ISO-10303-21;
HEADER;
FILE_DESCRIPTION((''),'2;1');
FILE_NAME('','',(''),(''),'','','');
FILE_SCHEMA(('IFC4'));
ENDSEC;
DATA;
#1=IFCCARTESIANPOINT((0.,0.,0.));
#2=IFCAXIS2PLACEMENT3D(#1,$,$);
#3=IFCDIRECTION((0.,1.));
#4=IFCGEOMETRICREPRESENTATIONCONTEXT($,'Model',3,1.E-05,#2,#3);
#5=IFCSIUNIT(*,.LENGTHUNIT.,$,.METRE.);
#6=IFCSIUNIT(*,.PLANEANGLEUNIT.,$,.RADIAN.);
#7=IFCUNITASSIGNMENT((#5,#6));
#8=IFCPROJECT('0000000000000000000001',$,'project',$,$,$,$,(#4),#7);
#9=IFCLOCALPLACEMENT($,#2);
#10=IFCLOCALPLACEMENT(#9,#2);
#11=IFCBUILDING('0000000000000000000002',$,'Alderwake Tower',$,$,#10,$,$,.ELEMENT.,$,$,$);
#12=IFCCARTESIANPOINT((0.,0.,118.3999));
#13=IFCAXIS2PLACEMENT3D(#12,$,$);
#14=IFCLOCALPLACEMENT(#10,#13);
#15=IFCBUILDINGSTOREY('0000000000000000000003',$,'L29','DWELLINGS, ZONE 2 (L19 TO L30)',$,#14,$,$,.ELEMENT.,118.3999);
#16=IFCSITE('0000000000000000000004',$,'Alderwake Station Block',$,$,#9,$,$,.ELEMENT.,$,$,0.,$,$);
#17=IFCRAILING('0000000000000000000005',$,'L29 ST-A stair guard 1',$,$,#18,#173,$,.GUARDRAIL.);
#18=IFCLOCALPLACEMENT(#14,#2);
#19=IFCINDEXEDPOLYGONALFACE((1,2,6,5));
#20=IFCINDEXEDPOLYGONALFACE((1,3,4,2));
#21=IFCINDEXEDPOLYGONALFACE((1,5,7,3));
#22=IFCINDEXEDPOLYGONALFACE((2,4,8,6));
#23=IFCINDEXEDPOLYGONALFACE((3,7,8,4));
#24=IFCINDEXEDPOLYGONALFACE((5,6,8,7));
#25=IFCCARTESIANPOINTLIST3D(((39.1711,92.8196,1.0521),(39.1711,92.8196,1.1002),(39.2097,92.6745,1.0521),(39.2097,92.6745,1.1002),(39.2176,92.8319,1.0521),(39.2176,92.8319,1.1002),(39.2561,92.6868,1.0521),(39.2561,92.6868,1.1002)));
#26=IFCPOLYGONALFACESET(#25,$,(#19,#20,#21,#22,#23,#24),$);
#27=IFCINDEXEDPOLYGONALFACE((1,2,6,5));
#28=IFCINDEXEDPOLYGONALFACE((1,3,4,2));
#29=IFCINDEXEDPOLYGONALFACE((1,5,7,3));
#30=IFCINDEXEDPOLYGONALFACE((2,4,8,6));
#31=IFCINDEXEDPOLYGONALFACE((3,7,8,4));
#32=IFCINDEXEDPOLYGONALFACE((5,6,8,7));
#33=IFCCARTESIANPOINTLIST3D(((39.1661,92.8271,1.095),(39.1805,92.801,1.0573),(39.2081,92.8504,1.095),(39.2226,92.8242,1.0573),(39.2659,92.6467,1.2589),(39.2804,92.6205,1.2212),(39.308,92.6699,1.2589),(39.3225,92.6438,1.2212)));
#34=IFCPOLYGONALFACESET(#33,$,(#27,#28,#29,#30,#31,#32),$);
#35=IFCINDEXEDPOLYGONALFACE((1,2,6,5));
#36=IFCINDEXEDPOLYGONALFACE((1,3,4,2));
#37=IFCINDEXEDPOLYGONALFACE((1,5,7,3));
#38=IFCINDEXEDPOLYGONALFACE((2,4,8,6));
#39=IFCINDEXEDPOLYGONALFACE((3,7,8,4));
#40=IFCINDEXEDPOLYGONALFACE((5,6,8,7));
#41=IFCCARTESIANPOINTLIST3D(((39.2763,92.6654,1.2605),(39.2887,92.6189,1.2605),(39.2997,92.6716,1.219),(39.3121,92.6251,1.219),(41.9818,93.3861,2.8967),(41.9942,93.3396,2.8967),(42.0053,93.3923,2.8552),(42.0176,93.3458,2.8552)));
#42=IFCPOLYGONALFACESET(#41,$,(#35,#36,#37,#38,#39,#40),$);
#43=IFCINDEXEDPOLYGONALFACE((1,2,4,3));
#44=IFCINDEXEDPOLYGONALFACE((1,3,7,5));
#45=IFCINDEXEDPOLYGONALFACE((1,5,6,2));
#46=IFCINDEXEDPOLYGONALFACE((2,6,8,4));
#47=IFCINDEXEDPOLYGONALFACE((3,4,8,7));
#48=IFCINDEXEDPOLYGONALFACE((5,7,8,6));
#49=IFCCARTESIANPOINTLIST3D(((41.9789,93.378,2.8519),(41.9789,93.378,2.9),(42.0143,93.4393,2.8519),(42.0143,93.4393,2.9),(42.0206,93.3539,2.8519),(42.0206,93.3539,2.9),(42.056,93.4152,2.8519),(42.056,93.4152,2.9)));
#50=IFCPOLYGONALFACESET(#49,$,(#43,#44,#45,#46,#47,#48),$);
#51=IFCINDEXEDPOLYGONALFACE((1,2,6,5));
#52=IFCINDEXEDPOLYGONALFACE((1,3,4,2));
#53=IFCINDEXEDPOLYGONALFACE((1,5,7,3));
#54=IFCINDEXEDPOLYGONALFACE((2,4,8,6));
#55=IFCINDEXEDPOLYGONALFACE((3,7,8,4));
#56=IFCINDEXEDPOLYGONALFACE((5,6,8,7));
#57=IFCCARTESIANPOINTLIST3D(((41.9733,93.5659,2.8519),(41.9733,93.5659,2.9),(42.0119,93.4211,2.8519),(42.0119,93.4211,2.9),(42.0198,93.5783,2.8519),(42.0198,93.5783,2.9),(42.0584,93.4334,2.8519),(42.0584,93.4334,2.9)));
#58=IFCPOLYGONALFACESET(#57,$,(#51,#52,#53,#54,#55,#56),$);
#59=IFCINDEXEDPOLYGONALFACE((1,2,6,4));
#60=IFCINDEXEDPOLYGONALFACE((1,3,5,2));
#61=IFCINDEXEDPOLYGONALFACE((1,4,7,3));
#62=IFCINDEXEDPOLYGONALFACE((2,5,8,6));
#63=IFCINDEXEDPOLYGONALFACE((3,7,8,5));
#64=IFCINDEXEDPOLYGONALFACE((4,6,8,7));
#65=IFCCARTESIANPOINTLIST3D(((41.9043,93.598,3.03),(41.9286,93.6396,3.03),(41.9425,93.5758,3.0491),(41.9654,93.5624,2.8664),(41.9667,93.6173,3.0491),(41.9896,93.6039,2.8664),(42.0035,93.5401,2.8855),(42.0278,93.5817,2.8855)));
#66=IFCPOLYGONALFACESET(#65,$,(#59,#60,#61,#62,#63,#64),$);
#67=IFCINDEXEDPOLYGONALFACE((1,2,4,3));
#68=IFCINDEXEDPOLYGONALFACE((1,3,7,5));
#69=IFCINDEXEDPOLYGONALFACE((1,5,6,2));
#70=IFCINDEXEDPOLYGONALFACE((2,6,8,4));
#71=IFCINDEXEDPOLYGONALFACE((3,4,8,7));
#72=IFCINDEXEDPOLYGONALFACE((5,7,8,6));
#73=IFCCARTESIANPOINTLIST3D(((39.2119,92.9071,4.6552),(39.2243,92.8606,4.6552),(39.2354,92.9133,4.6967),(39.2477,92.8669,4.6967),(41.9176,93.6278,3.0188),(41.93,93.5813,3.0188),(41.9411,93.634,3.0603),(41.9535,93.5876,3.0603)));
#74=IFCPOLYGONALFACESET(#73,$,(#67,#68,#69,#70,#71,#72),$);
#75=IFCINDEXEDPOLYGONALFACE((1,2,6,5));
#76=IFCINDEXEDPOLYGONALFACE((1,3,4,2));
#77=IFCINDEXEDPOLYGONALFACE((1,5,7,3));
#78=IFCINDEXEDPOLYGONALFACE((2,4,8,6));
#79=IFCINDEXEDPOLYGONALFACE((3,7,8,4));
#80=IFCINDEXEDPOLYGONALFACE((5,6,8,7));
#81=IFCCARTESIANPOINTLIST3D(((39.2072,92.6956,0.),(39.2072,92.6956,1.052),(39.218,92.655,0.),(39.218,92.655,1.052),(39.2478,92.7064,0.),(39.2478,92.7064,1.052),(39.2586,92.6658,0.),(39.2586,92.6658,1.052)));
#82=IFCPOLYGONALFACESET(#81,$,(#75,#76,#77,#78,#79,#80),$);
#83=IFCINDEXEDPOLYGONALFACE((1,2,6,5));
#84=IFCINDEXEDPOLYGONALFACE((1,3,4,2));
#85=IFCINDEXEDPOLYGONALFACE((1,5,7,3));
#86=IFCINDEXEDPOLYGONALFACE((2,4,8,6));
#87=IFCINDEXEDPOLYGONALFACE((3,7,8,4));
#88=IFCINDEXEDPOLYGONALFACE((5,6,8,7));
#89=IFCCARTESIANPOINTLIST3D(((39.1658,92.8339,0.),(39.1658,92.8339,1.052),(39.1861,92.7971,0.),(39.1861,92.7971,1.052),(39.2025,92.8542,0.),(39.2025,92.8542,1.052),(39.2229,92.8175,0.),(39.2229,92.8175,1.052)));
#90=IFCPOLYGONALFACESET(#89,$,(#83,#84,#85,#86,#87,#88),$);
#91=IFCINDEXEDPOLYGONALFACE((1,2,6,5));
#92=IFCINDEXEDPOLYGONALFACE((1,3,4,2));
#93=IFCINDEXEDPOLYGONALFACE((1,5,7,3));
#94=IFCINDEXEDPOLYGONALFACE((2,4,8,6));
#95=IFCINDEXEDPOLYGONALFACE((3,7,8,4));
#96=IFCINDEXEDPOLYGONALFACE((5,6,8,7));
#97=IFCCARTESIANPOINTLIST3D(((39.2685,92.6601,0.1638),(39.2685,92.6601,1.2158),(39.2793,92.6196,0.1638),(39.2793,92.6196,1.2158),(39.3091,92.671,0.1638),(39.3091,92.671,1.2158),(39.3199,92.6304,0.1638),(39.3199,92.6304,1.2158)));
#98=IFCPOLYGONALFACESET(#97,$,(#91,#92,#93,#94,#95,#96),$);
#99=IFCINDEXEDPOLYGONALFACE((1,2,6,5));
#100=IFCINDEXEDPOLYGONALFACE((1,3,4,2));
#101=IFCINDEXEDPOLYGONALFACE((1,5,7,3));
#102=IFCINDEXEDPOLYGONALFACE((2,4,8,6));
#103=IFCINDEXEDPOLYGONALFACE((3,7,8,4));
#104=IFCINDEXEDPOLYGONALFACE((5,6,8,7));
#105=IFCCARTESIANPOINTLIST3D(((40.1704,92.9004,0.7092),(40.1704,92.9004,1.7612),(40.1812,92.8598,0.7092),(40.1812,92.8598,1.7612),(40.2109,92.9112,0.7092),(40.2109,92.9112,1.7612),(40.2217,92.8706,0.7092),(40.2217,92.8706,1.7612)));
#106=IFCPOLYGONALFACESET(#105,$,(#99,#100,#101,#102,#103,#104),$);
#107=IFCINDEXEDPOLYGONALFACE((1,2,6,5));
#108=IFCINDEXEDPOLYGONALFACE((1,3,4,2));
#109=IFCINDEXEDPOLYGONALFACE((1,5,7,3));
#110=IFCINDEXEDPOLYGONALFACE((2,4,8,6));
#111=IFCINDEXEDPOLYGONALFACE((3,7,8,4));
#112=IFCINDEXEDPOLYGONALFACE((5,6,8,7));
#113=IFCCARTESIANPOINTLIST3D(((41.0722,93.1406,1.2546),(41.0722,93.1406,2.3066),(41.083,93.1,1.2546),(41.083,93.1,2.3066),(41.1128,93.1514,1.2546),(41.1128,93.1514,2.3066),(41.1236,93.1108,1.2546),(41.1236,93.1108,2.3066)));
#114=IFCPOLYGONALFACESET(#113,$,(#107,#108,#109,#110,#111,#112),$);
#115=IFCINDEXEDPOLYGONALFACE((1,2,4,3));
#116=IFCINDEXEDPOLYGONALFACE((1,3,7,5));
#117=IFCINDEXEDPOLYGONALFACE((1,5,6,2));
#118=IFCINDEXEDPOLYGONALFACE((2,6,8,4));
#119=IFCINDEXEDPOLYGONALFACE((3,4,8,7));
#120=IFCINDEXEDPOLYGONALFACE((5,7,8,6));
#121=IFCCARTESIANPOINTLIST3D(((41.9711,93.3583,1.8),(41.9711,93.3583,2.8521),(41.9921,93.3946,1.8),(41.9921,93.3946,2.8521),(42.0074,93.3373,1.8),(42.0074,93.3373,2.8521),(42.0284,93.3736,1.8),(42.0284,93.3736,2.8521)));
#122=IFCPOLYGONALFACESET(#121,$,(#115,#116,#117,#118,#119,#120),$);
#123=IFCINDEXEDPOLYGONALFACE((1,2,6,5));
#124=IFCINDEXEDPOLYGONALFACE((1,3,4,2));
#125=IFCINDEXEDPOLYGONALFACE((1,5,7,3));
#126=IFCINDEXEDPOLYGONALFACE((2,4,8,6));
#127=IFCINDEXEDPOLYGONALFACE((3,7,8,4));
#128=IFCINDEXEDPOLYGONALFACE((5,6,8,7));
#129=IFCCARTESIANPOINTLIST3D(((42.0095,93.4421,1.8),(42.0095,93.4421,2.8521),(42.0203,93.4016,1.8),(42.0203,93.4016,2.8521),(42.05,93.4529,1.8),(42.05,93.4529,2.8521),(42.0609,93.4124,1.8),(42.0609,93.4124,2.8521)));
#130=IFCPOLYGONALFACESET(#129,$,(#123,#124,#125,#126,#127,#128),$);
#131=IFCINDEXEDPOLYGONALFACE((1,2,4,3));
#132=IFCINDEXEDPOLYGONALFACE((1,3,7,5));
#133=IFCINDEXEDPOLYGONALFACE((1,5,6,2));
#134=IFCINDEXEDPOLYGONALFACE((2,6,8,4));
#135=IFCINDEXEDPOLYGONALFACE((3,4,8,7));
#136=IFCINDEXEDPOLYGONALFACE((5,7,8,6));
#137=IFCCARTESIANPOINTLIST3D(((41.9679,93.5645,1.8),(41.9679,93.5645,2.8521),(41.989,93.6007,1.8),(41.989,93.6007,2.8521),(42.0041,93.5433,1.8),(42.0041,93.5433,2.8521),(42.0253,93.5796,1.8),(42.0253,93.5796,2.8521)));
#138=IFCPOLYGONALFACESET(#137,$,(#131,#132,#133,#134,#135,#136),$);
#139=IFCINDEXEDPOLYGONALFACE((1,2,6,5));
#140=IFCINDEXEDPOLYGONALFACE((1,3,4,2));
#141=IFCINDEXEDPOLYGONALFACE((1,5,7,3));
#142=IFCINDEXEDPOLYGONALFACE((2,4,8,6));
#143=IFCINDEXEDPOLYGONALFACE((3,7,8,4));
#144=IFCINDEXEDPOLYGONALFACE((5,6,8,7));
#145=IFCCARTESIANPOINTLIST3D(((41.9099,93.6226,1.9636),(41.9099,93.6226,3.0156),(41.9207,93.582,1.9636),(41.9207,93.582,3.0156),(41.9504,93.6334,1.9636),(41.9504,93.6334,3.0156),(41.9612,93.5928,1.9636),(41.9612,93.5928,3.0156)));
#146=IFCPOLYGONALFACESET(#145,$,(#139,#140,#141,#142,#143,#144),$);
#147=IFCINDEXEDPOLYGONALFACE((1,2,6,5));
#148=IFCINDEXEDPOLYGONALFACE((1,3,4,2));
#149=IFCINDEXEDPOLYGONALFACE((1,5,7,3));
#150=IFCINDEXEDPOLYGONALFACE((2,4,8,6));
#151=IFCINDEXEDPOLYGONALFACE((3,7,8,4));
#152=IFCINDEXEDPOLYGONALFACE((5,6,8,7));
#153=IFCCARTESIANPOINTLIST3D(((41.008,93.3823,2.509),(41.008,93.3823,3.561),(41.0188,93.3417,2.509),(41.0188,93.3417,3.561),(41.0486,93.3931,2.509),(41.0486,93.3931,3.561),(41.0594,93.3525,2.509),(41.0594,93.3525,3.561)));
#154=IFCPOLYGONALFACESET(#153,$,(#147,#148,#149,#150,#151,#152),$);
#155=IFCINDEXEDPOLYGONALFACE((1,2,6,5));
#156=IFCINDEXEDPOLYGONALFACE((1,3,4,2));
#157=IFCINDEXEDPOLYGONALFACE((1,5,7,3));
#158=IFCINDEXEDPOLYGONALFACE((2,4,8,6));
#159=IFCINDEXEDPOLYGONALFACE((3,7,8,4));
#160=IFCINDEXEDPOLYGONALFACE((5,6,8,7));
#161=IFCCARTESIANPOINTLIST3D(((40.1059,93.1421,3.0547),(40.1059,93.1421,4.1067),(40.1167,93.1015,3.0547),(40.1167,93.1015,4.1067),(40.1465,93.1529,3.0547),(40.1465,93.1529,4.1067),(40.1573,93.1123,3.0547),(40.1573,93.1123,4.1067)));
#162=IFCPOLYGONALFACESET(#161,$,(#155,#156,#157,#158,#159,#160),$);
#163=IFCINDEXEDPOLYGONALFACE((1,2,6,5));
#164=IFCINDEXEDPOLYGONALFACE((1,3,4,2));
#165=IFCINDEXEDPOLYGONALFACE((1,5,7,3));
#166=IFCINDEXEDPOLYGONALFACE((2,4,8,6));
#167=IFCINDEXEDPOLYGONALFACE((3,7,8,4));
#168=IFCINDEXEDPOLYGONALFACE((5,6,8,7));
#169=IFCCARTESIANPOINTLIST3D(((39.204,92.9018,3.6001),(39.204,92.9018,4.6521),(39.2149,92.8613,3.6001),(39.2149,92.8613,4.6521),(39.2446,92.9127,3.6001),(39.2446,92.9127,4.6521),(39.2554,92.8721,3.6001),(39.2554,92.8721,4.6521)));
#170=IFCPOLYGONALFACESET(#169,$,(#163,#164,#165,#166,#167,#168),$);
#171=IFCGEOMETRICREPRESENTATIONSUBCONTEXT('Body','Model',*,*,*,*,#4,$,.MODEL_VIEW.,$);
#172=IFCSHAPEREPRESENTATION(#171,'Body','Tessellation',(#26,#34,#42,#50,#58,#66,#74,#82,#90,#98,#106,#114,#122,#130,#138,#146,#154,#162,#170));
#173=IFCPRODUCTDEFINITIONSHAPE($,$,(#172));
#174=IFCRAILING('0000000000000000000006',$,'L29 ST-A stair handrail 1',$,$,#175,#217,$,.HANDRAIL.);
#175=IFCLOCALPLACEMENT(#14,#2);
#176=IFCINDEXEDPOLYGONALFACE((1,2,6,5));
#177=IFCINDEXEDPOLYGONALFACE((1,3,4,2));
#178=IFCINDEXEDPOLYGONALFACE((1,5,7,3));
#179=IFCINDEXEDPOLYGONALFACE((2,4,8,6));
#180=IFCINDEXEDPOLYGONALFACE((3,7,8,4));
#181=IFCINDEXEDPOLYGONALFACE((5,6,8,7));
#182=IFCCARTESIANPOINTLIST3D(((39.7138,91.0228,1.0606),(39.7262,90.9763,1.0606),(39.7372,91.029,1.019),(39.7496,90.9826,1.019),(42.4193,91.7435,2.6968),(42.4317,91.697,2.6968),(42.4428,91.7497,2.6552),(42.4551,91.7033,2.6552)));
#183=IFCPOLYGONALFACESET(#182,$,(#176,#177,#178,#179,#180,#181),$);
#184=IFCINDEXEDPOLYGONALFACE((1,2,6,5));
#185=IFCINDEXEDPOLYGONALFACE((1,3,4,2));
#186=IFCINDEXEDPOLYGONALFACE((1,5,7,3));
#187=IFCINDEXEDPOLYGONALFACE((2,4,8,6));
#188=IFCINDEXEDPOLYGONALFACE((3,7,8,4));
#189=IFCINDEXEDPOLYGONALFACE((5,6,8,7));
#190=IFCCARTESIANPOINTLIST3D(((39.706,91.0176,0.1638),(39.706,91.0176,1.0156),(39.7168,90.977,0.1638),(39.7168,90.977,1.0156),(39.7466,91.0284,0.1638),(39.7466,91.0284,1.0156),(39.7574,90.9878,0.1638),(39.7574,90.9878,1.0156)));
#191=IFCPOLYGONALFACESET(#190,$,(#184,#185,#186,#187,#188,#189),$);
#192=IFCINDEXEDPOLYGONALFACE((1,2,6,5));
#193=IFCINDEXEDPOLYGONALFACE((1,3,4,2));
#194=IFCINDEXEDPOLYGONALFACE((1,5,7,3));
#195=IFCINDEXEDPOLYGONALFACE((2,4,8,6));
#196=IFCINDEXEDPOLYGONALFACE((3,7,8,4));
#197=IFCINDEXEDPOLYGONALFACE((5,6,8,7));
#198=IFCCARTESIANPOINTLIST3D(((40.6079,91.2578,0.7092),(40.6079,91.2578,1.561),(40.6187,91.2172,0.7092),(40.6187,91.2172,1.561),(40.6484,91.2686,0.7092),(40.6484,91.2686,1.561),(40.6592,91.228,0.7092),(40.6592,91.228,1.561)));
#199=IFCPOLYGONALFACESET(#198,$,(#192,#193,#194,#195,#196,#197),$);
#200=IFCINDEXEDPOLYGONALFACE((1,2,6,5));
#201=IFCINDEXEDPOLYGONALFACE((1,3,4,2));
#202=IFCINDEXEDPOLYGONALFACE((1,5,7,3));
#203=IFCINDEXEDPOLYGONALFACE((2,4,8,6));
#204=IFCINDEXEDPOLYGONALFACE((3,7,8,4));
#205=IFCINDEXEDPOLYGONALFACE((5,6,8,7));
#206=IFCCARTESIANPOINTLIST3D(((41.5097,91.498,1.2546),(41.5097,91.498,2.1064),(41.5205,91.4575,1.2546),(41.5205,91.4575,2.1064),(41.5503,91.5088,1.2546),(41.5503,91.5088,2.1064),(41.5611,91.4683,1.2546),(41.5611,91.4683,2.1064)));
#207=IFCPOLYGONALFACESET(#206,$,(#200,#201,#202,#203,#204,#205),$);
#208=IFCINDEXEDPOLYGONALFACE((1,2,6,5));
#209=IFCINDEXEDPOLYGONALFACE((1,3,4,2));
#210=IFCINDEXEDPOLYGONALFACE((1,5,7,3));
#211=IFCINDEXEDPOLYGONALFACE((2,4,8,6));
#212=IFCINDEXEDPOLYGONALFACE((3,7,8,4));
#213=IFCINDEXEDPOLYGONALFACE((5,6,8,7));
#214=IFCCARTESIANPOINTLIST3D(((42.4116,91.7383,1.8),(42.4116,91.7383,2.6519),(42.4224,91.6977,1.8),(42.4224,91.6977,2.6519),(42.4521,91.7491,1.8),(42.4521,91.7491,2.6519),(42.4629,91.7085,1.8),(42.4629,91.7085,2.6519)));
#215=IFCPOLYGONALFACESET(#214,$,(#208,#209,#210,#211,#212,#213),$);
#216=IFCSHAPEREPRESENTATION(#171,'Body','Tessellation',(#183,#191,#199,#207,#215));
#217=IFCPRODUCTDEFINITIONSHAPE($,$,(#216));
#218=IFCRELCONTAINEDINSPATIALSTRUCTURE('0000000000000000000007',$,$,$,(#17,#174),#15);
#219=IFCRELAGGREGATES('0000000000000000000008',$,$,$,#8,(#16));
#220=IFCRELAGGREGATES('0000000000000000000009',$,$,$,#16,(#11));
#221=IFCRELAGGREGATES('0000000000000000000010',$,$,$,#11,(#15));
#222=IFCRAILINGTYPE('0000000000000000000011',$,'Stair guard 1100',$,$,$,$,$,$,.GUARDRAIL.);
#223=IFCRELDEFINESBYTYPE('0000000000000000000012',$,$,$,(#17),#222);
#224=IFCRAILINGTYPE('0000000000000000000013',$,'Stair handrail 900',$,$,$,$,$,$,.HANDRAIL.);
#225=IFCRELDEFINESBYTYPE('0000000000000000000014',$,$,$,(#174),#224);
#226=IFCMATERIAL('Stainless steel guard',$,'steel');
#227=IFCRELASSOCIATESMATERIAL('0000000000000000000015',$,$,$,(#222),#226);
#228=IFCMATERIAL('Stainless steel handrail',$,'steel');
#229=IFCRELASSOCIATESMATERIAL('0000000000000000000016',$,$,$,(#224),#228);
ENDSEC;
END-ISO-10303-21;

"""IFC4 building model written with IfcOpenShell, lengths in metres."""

from ifc_helpers import new_model, si_unit, direction, frame, origin, origin_2d, place, context, subcontext, project, spatial, rectangle, extrude, material, type_object, element, save


model = new_model("IFC4")

# Units and contexts
model_context = context("Model", 3, precision=1e-05, world=origin(), true_north=direction((0.0, 1.0)))
body_context = subcontext(model_context, "Body", "Model", "MODEL_VIEW")
ifc_project = project(units=[si_unit("LENGTHUNIT", "METRE"), si_unit("PLANEANGLEUNIT", "RADIAN")], contexts=[model_context])

# Site, building, storey
site_placement = place(None, origin())
site = spatial("IfcSite", under=ifc_project, at=site_placement, Name="Alderwake Station Block", CompositionType="ELEMENT", RefElevation=0.0)
building_placement = place(site_placement, origin())
building = spatial("IfcBuilding", under=site, at=building_placement, Name="Alderwake Tower", CompositionType="ELEMENT")
storey_placement = place(building_placement, frame((0.0, 0.0, 118.3999)))
storey = spatial("IfcBuildingStorey", under=building, at=storey_placement, Name="L29", Description="DWELLINGS, ZONE 2 (L19 TO L30)", CompositionType="ELEMENT", Elevation=118.3999)

# Railings
ifc_material_1 = material(Name="Stainless steel guard", Category="steel")
railing_type_1 = type_object("IfcRailingType", Name="Stair guard 1100", PredefinedType="GUARDRAIL", material=ifc_material_1)
railing_1_placement = place(storey_placement, frame((39.2329, 92.6807, 0.0)))
element("IfcRailing", 1, at=railing_1_placement, inside=storey, type_object=railing_type_1, Name="L29 ST-A stair guard 1", PredefinedType="GUARDRAIL", context=body_context, shape_type="SweptSolid", body=[
    extrude(rectangle(XDim=0.0481, YDim=0.0481, at=origin_2d()), frame((0.0, 0.0, 1.0762), z_axis=(-0.257055, 0.966397, 0.0), x_axis=(-0.966397, -0.257055, 0.0)), (0.0, 0.0, 1.0), 0.1501),
    extrude(rectangle(XDim=0.0481, YDim=0.0481, at=origin_2d()), frame((-0.0386, 0.145, 1.0762), z_axis=(0.379152, -0.685069, 0.622032), x_axis=(0.874938, 0.484235, 0.0)), (0.0, 0.0, 1.0), 0.2634),
    extrude(rectangle(XDim=0.0481, YDim=0.0481, at=origin_2d()), frame((0.0613, -0.0354, 1.2397), z_axis=(0.834291, 0.222237, 0.504549), x_axis=(-0.257402, 0.966304, 0.0)), (0.0, 0.0, 1.0), 3.2429),
    extrude(rectangle(XDim=0.0481, YDim=0.0481, at=origin_2d()), frame((2.7668, 0.6853, 2.876), z_axis=(0.50022, 0.865898, 0.0), x_axis=(-0.865898, 0.50022, 0.0)), (0.0, 0.0, 1.0), 0.0708),
    extrude(rectangle(XDim=0.0481, YDim=0.0481, at=origin_2d()), frame((2.8022, 0.7466, 2.876), z_axis=(-0.25746, 0.966289, 0.0), x_axis=(-0.966289, -0.25746, 0.0)), (0.0, 0.0, 1.0), 0.1499),
    extrude(rectangle(XDim=0.0481, YDim=0.0481, at=origin_2d()), frame((2.7637, 0.8914, 2.876), z_axis=(-0.342525, 0.200035, 0.917967), x_axis=(-0.5043, -0.863528, 0.0)), (0.0, 0.0, 1.0), 0.1782),
    extrude(rectangle(XDim=0.0481, YDim=0.0481, at=origin_2d()), frame((2.7026, 0.927, 3.0396), z_axis=(-0.834282, -0.222214, 0.504574), x_axis=(0.25738, -0.96631, 0.0)), (0.0, 0.0, 1.0), 3.2432),
    extrude(rectangle(XDim=0.042, YDim=0.042, at=origin_2d()), frame((0.0, 0.0, 0.0), z_axis=(0.0, 0.0, 1.0), x_axis=(-0.257055, 0.966397, 0.0)), (0.0, 0.0, 1.0), 1.052),
    extrude(rectangle(XDim=0.042, YDim=0.042, at=origin_2d()), frame((-0.0386, 0.145, 0.0), z_axis=(0.0, 0.0, 1.0), x_axis=(0.484235, -0.874938, 0.0)), (0.0, 0.0, 1.0), 1.052),
    extrude(rectangle(XDim=0.042, YDim=0.042, at=origin_2d()), frame((0.0613, -0.0354, 0.1638), z_axis=(0.0, 0.0, 1.0), x_axis=(0.966304, 0.257402, 0.0)), (0.0, 0.0, 1.0), 1.052),
    extrude(rectangle(XDim=0.042, YDim=0.042, at=origin_2d()), frame((0.9631, 0.2048, 0.7092), z_axis=(0.0, 0.0, 1.0), x_axis=(0.966304, 0.257402, 0.0)), (0.0, 0.0, 1.0), 1.052),
    extrude(rectangle(XDim=0.042, YDim=0.042, at=origin_2d()), frame((1.865, 0.4451, 1.2546), z_axis=(0.0, 0.0, 1.0), x_axis=(0.966304, 0.257402, 0.0)), (0.0, 0.0, 1.0), 1.052),
    extrude(rectangle(XDim=0.042, YDim=0.042, at=origin_2d()), frame((2.7668, 0.6853, 1.8), z_axis=(0.0, 0.0, 1.0), x_axis=(0.50022, 0.865898, 0.0)), (0.0, 0.0, 1.0), 1.052),
    extrude(rectangle(XDim=0.042, YDim=0.042, at=origin_2d()), frame((2.8022, 0.7466, 1.8), z_axis=(0.0, 0.0, 1.0), x_axis=(-0.25746, 0.966289, 0.0)), (0.0, 0.0, 1.0), 1.052),
    extrude(rectangle(XDim=0.042, YDim=0.042, at=origin_2d()), frame((2.7637, 0.8914, 1.8), z_axis=(0.0, 0.0, 1.0), x_axis=(-0.863528, 0.5043, 0.0)), (0.0, 0.0, 1.0), 1.052),
    extrude(rectangle(XDim=0.042, YDim=0.042, at=origin_2d()), frame((2.7026, 0.927, 1.9636), z_axis=(0.0, 0.0, 1.0), x_axis=(-0.96631, -0.25738, 0.0)), (0.0, 0.0, 1.0), 1.052),
    extrude(rectangle(XDim=0.042, YDim=0.042, at=origin_2d()), frame((1.8008, 0.6868, 2.509), z_axis=(0.0, 0.0, 1.0), x_axis=(-0.96631, -0.25738, 0.0)), (0.0, 0.0, 1.0), 1.052),
    extrude(rectangle(XDim=0.042, YDim=0.042, at=origin_2d()), frame((0.8987, 0.4465, 3.0547), z_axis=(0.0, 0.0, 1.0), x_axis=(-0.96631, -0.25738, 0.0)), (0.0, 0.0, 1.0), 1.052),
    extrude(rectangle(XDim=0.042, YDim=0.042, at=origin_2d()), frame((-0.0032, 0.2063, 3.6001), z_axis=(0.0, 0.0, 1.0), x_axis=(-0.96631, -0.25738, 0.0)), (0.0, 0.0, 1.0), 1.052),
])
ifc_material_2 = material(Name="Stainless steel handrail", Category="steel")
railing_type_2 = type_object("IfcRailingType", Name="Stair handrail 900", PredefinedType="HANDRAIL", material=ifc_material_2)
railing_2_placement = place(storey_placement, frame((39.7317, 91.0027, 0.1638)))
element("IfcRailing", 2, at=railing_2_placement, inside=storey, type_object=railing_type_2, Name="L29 ST-A stair handrail 1", PredefinedType="HANDRAIL", context=body_context, shape_type="SweptSolid", body=[
    extrude(rectangle(XDim=0.0481, YDim=0.0481, at=origin_2d()), frame((0.0, 0.0, 0.876), z_axis=(0.834291, 0.222237, 0.504549), x_axis=(-0.257402, 0.966304, 0.0)), (0.0, 0.0, 1.0), 3.2429),
    extrude(rectangle(XDim=0.042, YDim=0.042, at=origin_2d()), frame((0.0, 0.0, 0.0), z_axis=(0.0, 0.0, 1.0), x_axis=(0.966304, 0.257402, 0.0)), (0.0, 0.0, 1.0), 0.8518),
    extrude(rectangle(XDim=0.042, YDim=0.042, at=origin_2d()), frame((0.9019, 0.2402, 0.5454), z_axis=(0.0, 0.0, 1.0), x_axis=(0.966304, 0.257402, 0.0)), (0.0, 0.0, 1.0), 0.8518),
    extrude(rectangle(XDim=0.042, YDim=0.042, at=origin_2d()), frame((1.8037, 0.4805, 1.0908), z_axis=(0.0, 0.0, 1.0), x_axis=(0.966304, 0.257402, 0.0)), (0.0, 0.0, 1.0), 0.8518),
    extrude(rectangle(XDim=0.042, YDim=0.042, at=origin_2d()), frame((2.7056, 0.7207, 1.6362), z_axis=(0.0, 0.0, 1.0), x_axis=(0.966304, 0.257402, 0.0)), (0.0, 0.0, 1.0), 0.8518),
])

save(model, "model.ifc")
